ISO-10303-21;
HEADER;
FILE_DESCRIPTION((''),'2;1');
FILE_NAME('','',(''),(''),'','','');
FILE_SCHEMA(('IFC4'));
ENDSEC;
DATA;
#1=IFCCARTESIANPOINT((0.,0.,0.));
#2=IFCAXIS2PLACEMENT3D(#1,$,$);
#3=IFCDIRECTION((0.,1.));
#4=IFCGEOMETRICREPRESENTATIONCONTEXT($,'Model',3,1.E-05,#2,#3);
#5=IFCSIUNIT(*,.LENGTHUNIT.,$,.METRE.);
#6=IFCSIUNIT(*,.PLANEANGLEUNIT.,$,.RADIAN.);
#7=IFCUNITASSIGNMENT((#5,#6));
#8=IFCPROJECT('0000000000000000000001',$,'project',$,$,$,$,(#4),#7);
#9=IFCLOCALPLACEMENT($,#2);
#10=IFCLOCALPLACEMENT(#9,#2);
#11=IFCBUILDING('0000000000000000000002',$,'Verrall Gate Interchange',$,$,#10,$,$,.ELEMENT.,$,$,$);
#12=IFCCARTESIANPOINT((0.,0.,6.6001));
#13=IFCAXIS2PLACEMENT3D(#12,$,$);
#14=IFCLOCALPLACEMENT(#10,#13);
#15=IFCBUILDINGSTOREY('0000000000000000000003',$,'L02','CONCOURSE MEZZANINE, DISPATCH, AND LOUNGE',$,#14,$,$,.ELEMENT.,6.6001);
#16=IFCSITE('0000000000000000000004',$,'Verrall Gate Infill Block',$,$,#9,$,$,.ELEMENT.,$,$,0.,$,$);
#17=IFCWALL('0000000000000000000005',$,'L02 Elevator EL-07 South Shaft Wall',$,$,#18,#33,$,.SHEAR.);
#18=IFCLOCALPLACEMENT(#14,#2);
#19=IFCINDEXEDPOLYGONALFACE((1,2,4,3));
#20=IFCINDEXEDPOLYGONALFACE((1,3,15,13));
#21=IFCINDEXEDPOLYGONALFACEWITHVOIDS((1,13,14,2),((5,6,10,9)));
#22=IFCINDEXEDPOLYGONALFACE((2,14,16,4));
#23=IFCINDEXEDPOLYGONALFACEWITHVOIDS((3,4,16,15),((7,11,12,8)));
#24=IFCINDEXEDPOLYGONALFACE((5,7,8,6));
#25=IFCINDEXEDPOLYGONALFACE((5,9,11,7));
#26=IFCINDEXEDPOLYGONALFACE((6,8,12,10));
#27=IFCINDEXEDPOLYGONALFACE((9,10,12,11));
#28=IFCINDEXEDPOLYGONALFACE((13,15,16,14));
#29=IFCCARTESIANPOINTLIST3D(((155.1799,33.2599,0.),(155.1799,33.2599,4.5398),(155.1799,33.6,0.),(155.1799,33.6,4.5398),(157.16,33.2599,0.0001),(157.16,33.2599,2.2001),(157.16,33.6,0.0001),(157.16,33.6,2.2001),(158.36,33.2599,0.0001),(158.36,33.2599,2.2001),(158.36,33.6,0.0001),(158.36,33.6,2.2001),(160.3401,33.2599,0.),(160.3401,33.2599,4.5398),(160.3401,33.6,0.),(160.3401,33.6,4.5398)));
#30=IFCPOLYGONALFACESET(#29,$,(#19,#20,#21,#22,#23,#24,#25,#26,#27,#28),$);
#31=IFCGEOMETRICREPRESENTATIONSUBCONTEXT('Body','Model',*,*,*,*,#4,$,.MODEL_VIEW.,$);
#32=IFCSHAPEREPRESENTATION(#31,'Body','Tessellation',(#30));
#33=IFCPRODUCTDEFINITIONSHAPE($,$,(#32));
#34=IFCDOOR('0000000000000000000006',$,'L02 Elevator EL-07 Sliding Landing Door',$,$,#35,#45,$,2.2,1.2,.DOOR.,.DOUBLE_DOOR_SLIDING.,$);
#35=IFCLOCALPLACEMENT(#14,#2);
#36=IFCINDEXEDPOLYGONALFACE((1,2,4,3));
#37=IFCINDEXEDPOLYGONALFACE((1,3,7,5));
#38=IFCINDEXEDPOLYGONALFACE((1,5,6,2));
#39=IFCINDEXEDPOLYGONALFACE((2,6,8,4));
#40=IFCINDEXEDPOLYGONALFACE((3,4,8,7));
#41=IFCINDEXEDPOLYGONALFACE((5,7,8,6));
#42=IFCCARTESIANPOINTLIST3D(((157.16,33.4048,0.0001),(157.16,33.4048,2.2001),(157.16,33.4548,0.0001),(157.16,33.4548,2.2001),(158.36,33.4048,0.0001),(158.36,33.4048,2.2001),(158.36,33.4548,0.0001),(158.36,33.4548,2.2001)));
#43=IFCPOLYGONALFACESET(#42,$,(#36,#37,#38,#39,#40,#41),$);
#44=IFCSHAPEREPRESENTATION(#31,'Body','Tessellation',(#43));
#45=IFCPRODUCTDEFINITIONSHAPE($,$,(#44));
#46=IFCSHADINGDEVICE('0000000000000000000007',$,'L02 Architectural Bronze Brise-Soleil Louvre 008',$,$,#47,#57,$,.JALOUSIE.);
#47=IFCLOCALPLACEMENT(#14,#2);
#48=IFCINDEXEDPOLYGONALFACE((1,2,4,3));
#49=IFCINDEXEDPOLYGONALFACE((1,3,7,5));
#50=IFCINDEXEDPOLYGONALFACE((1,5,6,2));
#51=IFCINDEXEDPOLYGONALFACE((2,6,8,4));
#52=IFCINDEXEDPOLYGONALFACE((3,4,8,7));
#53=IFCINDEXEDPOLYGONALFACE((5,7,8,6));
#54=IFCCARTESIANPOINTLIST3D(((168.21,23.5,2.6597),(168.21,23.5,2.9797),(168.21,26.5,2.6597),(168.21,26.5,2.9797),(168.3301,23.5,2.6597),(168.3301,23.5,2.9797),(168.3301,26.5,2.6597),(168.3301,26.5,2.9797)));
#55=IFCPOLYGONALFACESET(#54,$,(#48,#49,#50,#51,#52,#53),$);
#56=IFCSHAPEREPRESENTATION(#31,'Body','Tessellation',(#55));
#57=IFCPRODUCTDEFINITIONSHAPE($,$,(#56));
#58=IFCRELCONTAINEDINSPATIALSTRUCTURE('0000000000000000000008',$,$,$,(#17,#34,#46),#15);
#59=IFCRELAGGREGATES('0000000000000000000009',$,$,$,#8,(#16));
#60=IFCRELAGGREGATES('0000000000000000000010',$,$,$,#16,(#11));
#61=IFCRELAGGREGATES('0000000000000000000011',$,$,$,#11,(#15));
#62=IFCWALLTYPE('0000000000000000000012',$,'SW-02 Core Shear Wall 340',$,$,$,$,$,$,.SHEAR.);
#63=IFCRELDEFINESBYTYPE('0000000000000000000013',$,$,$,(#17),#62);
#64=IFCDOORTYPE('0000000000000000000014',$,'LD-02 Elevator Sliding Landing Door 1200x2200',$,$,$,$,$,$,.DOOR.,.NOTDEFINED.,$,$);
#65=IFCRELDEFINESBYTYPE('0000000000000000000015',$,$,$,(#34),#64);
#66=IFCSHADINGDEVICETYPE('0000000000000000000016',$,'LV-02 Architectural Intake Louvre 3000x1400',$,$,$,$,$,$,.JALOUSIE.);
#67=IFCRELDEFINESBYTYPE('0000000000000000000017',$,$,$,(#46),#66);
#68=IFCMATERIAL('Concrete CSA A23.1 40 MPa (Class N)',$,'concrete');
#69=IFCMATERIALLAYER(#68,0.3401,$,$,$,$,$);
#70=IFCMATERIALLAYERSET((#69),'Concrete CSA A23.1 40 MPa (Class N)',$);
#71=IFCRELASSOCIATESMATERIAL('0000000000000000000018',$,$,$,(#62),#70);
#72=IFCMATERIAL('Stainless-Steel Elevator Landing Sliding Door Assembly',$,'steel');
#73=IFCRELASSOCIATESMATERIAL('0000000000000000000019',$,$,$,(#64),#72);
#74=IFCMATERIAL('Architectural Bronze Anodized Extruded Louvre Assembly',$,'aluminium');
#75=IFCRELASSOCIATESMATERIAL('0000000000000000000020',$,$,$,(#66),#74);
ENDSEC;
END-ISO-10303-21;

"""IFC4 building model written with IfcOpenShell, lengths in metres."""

from ifc_helpers import new_model, si_unit, direction, frame, frame_2d, origin, origin_2d, place, context, subcontext, project, spatial, rectangle, extrude, material, layer, layer_set, type_object, element, fill, save


model = new_model("IFC4")

# Units and contexts
model_context = context("Model", 3, precision=1e-05, world=origin(), true_north=direction((0.0, 1.0)))
body_context = subcontext(model_context, "Body", "Model", "MODEL_VIEW")
ifc_project = project(units=[si_unit("LENGTHUNIT", "METRE"), si_unit("PLANEANGLEUNIT", "RADIAN")], contexts=[model_context])

# Site, building, storey
site_placement = place(None, origin())
site = spatial("IfcSite", under=ifc_project, at=site_placement, Name="Verrall Gate Infill Block", CompositionType="ELEMENT", RefElevation=0.0)
building_placement = place(site_placement, origin())
building = spatial("IfcBuilding", under=site, at=building_placement, Name="Verrall Gate Interchange", CompositionType="ELEMENT")
storey_placement = place(building_placement, frame((0.0, 0.0, 6.6001)))
storey = spatial("IfcBuildingStorey", under=building, at=storey_placement, Name="L02", Description="CONCOURSE MEZZANINE, DISPATCH, AND LOUNGE", CompositionType="ELEMENT", Elevation=6.6001)

# Wall, opening, door
ifc_material_1 = material(Name="Concrete CSA A23.1 40 MPa (Class N)", Category="concrete")
ifc_layer_1 = layer(ifc_material_1, 0.3401)
ifc_layer_set_1 = layer_set([ifc_layer_1], Name="Concrete CSA A23.1 40 MPa (Class N)")
wall_type_1 = type_object("IfcWallType", Name="SW-02 Core Shear Wall 340", PredefinedType="SHEAR", material=ifc_layer_set_1)
wall_1_placement = place(storey_placement, frame((155.1799, 33.4299, 0.0), z_axis=(0.0, 0.0, 1.0), x_axis=(1.0, 0.0, 0.0)))
wall_1 = element("IfcWall", 1, at=wall_1_placement, inside=storey, type_object=wall_type_1, Name="L02 Elevator EL-07 South Shaft Wall", PredefinedType="SHEAR", context=body_context, shape_type="SweptSolid", body=[
    extrude(rectangle(XDim=5.1602, YDim=0.3401, at=frame_2d((2.5801, 0.0))), origin(), (0.0, 0.0, 1.0), 4.5398),
])
opening_1_placement = place(wall_1_placement, frame((1.98, 0.0, 0.0)))
opening_1 = element("IfcOpeningElement", 2, at=opening_1_placement, cuts=wall_1, PredefinedType="OPENING", context=body_context, shape_type="SweptSolid", body=[
    extrude(rectangle(XDim=1.2, YDim=2.2, at=frame_2d((0.6001, 1.1001))), frame((0.0, 0.1851, 0.0), z_axis=(0.0, -1.0, 0.0), x_axis=(1.0, 0.0, 0.0)), (0.0, 0.0, 1.0), 0.3699),
])
ifc_material_2 = material(Name="Stainless-Steel Elevator Landing Sliding Door Assembly", Category="steel")
door_type = type_object("IfcDoorType", Name="LD-02 Elevator Sliding Landing Door 1200x2200", OperationType="NOTDEFINED", PredefinedType="DOOR", material=ifc_material_2)
door_placement = place(opening_1_placement, origin())
door = element("IfcDoor", 3, at=door_placement, inside=storey, type_object=door_type, Name="L02 Elevator EL-07 Sliding Landing Door", OperationType="DOUBLE_DOOR_SLIDING", OverallHeight=2.2, OverallWidth=1.2, PredefinedType="DOOR", context=body_context, shape_type="SweptSolid", body=[
    extrude(rectangle(XDim=1.2, YDim=2.2, at=frame_2d((0.6001, 1.1001))), frame((0.0, 0.0249, 0.0), z_axis=(0.0, -1.0, 0.0), x_axis=(1.0, 0.0, 0.0)), (0.0, 0.0, 1.0), 0.05),
])
fill(opening_1, door)

# Shading device
ifc_material_3 = material(Name="Architectural Bronze Anodized Extruded Louvre Assembly", Category="aluminium")
shading_device_type = type_object("IfcShadingDeviceType", Name="LV-02 Architectural Intake Louvre 3000x1400", PredefinedType="JALOUSIE", material=ifc_material_3)
shading_device_placement = place(storey_placement, frame((168.27, 25.0, 2.6597), z_axis=(0.0, 0.0, 1.0), x_axis=(0.0, 1.0, 0.0)))
element("IfcShadingDevice", 4, at=shading_device_placement, inside=storey, type_object=shading_device_type, Name="L02 Architectural Bronze Brise-Soleil Louvre 008", PredefinedType="JALOUSIE", context=body_context, shape_type="SweptSolid", body=[
    extrude(rectangle(XDim=3.0, YDim=0.1201, at=origin_2d()), origin(), (0.0, 0.0, 1.0), 0.3201),
])

save(model, "model.ifc")
